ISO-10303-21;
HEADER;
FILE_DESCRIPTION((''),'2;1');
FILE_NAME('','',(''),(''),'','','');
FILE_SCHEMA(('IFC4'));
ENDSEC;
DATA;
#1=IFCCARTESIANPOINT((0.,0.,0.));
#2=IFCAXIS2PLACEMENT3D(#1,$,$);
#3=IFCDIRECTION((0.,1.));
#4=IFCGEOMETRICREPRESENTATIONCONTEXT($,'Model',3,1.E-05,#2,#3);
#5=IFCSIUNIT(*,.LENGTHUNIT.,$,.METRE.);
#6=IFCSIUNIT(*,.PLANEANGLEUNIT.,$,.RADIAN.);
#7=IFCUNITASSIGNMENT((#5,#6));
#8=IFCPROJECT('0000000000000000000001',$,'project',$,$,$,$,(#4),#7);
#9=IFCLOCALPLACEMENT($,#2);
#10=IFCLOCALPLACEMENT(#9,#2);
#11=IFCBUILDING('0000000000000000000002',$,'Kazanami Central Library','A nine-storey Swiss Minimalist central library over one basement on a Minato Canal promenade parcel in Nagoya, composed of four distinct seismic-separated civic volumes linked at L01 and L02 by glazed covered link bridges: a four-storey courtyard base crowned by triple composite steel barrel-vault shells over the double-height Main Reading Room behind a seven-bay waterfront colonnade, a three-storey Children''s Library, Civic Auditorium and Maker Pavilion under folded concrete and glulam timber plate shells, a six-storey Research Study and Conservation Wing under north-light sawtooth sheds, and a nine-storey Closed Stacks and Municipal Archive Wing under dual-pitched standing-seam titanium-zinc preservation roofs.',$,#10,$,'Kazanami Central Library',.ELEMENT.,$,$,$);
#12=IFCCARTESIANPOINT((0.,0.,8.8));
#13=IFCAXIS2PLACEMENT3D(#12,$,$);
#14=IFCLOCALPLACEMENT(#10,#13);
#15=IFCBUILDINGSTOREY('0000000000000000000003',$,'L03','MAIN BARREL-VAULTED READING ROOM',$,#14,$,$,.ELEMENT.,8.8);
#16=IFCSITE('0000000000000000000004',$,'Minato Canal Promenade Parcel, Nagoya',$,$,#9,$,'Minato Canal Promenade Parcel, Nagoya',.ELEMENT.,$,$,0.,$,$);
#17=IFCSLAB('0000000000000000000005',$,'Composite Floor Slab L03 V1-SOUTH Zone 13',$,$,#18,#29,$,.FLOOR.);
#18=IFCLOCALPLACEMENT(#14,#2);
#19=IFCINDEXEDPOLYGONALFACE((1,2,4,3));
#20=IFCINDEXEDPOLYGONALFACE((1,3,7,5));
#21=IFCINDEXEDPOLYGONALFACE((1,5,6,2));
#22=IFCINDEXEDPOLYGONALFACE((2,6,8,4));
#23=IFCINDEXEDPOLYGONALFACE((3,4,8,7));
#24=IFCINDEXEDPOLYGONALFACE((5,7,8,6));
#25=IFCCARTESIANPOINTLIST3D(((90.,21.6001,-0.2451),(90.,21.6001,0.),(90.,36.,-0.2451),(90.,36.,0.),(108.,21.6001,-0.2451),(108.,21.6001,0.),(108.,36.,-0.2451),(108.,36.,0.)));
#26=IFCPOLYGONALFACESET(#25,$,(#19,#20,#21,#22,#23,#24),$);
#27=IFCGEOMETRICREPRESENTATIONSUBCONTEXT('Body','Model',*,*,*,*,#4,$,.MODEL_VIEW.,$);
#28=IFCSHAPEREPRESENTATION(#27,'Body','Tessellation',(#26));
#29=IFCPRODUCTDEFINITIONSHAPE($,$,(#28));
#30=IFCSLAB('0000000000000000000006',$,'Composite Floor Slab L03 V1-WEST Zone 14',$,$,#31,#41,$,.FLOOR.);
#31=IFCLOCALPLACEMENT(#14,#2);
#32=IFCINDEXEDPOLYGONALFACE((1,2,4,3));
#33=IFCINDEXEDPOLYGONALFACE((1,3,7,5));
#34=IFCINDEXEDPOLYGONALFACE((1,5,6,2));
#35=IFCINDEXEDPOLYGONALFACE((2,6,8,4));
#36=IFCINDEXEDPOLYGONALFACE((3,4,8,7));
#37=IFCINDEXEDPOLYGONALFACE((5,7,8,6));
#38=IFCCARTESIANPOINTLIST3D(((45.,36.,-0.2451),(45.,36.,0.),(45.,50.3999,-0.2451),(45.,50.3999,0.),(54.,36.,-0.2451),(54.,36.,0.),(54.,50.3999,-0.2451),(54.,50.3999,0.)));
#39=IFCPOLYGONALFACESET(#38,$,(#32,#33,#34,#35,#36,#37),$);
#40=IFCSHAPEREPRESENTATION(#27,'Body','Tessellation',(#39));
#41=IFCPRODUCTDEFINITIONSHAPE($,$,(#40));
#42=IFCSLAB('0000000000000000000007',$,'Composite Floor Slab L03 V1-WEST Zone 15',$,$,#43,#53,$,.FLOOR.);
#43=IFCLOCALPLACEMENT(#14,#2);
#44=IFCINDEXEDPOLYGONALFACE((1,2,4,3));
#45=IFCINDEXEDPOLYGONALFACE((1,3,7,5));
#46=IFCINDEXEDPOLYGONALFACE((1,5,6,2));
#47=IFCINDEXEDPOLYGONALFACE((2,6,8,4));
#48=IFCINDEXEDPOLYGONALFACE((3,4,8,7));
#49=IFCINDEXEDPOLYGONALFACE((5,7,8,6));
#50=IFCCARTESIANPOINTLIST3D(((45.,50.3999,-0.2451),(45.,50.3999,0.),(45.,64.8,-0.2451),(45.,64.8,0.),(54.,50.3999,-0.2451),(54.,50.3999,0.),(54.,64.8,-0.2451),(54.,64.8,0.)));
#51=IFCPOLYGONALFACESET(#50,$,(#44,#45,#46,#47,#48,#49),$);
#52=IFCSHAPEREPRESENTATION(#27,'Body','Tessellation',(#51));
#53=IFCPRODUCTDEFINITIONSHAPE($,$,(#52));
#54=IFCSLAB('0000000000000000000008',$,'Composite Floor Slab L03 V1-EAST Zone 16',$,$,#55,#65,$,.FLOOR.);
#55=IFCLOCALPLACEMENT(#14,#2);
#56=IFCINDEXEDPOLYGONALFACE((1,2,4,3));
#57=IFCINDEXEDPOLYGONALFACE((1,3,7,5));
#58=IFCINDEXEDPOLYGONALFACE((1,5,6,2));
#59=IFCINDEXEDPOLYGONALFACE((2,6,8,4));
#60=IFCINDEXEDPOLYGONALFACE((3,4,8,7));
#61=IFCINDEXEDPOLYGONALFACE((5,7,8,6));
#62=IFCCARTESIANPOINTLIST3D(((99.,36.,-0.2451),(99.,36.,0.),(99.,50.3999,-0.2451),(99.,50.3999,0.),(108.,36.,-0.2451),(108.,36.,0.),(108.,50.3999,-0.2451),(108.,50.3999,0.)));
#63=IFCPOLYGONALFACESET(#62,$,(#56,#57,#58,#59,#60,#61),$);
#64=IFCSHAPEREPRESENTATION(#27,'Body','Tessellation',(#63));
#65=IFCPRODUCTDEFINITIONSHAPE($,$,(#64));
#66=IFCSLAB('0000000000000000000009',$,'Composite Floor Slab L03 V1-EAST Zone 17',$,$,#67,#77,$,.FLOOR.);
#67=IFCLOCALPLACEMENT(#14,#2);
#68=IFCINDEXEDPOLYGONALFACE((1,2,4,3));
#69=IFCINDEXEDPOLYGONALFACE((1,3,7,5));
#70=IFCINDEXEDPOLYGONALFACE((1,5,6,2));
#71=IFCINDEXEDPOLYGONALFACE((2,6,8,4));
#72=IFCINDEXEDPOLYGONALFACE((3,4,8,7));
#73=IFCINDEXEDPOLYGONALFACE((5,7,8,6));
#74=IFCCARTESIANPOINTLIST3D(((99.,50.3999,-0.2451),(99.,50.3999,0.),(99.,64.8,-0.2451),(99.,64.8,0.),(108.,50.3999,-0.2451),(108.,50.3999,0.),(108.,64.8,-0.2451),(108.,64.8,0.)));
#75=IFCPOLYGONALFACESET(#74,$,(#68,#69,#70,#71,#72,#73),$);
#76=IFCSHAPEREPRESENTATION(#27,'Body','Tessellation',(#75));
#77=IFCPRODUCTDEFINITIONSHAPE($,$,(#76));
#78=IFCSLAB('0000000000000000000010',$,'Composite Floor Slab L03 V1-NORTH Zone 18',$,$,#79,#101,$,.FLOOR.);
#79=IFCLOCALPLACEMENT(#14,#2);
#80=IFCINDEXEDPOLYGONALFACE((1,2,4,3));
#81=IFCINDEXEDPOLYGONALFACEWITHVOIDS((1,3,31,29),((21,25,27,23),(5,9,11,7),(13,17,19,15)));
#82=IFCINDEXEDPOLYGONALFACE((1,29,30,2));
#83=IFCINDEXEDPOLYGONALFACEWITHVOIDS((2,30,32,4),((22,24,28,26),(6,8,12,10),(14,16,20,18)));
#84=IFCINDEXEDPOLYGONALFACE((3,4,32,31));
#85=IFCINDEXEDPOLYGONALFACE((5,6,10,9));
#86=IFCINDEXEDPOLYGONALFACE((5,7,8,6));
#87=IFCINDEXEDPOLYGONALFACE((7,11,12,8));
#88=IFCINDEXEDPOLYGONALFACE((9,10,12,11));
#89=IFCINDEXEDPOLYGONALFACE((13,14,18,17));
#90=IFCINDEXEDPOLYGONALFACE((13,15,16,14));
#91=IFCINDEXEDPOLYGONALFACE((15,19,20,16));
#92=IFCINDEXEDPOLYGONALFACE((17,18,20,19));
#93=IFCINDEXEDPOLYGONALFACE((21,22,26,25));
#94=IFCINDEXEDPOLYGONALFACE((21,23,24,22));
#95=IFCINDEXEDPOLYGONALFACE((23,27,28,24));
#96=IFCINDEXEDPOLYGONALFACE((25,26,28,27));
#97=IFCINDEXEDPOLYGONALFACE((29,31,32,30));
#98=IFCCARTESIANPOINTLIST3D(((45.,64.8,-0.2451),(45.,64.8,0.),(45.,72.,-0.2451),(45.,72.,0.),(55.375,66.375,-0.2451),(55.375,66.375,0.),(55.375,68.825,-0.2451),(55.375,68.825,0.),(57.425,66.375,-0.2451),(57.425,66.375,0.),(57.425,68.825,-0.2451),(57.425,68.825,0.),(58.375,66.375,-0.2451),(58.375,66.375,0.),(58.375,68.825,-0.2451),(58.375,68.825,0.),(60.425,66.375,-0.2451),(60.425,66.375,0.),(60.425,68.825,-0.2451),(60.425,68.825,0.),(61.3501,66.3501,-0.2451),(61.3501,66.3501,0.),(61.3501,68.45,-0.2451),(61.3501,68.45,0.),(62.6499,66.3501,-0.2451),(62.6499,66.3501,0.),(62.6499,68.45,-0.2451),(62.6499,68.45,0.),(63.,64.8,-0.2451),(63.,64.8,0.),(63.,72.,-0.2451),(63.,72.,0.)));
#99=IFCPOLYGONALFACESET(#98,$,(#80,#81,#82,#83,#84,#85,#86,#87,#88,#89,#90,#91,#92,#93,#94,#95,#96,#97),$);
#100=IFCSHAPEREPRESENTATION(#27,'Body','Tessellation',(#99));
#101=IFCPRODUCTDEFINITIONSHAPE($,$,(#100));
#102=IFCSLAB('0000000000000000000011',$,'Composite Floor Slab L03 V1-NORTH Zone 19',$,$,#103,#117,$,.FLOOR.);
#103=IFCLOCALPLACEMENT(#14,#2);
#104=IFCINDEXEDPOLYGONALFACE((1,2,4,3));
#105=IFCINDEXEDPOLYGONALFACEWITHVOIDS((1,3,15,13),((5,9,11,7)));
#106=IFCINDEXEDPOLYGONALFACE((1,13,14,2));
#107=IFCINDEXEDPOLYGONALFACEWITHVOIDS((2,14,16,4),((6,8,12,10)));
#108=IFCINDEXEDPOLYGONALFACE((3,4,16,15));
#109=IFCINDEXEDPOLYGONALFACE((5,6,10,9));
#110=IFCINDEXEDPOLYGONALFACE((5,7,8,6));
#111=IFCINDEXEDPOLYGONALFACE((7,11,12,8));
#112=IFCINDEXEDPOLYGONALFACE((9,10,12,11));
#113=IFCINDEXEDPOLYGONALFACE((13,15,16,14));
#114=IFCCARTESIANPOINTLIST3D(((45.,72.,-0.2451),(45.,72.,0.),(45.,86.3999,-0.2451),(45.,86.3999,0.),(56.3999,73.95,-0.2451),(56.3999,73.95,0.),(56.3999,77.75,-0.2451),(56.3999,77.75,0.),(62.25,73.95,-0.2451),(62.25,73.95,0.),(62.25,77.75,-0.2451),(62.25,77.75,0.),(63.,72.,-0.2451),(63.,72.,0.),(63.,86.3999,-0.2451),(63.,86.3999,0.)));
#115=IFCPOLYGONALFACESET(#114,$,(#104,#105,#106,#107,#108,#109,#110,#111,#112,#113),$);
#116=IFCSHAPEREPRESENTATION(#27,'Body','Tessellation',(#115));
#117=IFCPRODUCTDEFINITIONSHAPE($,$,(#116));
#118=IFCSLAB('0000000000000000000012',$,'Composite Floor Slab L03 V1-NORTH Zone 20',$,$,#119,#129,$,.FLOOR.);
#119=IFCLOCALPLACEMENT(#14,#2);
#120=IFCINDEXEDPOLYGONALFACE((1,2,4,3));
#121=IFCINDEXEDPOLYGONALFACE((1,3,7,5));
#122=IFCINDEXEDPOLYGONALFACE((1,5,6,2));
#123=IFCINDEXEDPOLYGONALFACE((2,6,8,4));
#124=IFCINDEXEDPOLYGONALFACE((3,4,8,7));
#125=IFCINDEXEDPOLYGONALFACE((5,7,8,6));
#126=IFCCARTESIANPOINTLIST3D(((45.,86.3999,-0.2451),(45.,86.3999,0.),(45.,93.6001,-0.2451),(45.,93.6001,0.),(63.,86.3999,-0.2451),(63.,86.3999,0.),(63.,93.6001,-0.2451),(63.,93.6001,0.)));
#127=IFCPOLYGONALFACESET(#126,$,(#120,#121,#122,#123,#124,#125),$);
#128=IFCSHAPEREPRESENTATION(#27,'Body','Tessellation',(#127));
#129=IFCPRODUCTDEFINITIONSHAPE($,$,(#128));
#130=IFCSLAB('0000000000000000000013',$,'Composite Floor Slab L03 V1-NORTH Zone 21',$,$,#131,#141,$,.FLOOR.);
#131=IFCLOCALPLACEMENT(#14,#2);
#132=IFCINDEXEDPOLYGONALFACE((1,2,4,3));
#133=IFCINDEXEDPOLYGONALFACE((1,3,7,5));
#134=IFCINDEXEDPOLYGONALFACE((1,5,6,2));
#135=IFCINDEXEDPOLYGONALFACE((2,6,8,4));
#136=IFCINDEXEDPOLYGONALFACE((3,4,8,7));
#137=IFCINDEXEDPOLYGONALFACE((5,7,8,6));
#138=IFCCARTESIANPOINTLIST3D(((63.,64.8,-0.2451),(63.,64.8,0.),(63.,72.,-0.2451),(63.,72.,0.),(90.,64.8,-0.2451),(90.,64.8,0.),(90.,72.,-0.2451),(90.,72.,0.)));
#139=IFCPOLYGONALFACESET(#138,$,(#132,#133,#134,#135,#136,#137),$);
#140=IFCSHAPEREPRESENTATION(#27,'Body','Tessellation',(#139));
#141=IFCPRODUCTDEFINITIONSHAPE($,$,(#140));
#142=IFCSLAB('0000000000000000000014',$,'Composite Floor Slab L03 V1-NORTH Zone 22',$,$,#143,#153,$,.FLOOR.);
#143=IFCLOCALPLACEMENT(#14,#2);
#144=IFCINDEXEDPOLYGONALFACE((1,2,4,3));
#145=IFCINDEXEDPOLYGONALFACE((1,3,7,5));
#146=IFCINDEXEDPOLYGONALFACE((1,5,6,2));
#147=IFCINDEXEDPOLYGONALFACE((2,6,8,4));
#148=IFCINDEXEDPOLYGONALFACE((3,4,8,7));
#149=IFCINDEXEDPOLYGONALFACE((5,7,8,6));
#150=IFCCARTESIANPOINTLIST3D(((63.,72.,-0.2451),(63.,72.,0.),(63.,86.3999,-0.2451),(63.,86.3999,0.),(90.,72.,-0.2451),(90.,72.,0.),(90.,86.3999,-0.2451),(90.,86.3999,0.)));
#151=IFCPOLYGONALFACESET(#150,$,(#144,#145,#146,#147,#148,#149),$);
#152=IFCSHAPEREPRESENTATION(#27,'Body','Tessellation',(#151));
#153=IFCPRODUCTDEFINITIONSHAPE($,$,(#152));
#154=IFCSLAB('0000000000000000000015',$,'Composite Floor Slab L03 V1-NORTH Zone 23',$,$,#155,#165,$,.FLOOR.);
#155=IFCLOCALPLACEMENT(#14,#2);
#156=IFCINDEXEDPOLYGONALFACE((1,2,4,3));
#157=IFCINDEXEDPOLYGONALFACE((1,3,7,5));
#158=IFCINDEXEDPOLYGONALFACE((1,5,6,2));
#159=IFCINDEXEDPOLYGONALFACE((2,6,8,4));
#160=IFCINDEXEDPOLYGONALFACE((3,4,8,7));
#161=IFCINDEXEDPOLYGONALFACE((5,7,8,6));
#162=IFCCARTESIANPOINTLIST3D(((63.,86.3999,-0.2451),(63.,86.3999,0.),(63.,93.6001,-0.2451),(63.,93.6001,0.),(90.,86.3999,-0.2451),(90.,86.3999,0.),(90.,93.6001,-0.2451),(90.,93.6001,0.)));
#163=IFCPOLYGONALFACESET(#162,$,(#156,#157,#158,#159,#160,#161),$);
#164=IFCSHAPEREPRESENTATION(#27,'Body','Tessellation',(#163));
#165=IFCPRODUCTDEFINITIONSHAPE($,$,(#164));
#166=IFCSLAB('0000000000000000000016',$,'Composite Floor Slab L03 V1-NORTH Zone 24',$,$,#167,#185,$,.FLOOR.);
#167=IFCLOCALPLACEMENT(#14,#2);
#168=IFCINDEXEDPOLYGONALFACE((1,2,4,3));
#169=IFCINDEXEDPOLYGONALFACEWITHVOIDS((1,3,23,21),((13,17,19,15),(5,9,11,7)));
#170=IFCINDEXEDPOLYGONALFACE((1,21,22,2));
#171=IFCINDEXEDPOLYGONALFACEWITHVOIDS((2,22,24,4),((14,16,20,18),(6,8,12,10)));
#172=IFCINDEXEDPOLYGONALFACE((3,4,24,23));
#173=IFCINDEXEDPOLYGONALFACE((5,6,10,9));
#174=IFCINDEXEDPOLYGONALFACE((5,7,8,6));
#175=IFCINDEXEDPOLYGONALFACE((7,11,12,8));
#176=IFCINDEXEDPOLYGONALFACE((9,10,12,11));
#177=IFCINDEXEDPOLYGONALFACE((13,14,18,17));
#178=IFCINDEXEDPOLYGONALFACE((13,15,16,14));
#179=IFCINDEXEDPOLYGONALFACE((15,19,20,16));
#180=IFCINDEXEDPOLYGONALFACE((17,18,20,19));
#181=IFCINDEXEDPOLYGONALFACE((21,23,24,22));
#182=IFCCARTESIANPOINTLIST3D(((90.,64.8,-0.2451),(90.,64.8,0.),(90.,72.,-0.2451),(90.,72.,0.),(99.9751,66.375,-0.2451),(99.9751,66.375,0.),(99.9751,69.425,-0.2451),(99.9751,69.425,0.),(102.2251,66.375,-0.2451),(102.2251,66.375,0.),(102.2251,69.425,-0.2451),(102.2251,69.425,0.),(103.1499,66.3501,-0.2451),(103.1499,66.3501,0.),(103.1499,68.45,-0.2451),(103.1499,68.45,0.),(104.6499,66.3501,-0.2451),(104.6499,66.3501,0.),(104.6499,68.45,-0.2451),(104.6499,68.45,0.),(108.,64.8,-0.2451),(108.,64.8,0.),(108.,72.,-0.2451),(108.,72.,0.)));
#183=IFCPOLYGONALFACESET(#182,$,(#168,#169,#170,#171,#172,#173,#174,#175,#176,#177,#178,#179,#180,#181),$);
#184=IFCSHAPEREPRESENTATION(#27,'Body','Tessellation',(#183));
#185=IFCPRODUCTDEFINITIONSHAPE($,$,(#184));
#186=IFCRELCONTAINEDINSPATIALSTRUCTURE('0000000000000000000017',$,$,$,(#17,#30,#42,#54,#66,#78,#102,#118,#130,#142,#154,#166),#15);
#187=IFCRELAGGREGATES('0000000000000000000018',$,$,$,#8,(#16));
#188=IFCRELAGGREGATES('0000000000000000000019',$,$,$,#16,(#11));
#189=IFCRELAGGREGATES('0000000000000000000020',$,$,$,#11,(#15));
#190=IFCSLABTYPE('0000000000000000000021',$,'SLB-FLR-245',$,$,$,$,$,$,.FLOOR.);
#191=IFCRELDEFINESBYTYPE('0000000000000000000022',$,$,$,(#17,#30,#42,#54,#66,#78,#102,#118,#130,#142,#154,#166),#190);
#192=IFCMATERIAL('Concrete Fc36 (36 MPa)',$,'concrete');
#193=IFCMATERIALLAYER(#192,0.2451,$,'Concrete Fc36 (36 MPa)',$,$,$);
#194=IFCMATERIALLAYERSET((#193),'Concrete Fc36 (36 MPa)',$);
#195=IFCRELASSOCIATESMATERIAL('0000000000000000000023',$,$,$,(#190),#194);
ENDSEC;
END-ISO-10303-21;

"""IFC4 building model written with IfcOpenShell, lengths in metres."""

from ifc_helpers import new_model, si_unit, direction, frame, origin, place, context, subcontext, project, spatial, polyline, outline, extrude, material, layer, layer_set, type_object, element, save


model = new_model("IFC4")

# Units and contexts
model_context = context("Model", 3, precision=1e-05, world=origin(), true_north=direction((0.0, 1.0)))
body_context = subcontext(model_context, "Body", "Model", "MODEL_VIEW")
ifc_project = project(units=[si_unit("LENGTHUNIT", "METRE"), si_unit("PLANEANGLEUNIT", "RADIAN")], contexts=[model_context])

# Site, building, storey
site_placement = place(None, origin())
site = spatial("IfcSite", under=ifc_project, at=site_placement, Name="Minato Canal Promenade Parcel, Nagoya", LongName="Minato Canal Promenade Parcel, Nagoya", CompositionType="ELEMENT", RefElevation=0.0)
building_placement = place(site_placement, origin())
building = spatial("IfcBuilding", under=site, at=building_placement, Name="Kazanami Central Library", Description="A nine-storey Swiss Minimalist central library over one basement on a Minato Canal promenade parcel in Nagoya, composed of four distinct seismic-separated civic volumes linked at L01 and L02 by glazed covered link bridges: a four-storey courtyard base crowned by triple composite steel barrel-vault shells over the double-height Main Reading Room behind a seven-bay waterfront colonnade, a three-storey Children's Library, Civic Auditorium and Maker Pavilion under folded concrete and glulam timber plate shells, a six-storey Research Study and Conservation Wing under north-light sawtooth sheds, and a nine-storey Closed Stacks and Municipal Archive Wing under dual-pitched standing-seam titanium-zinc preservation roofs.", LongName="Kazanami Central Library", CompositionType="ELEMENT")
storey_placement = place(building_placement, frame((0.0, 0.0, 8.8)))
storey = spatial("IfcBuildingStorey", under=building, at=storey_placement, Name="L03", Description="MAIN BARREL-VAULTED READING ROOM", CompositionType="ELEMENT", Elevation=8.8)

# Slabs
ifc_material = material(Name="Concrete Fc36 (36 MPa)", Category="concrete")
ifc_layer_1 = layer(ifc_material, 0.2451, Name="Concrete Fc36 (36 MPa)")
ifc_layer_set_1 = layer_set([ifc_layer_1], Name="Concrete Fc36 (36 MPa)")
slab_type_1 = type_object("IfcSlabType", Name="SLB-FLR-245", PredefinedType="FLOOR", material=ifc_layer_set_1)
slab_1_placement = place(storey_placement, frame((0.0, 0.0, -0.2451)))
element("IfcSlab", 1, at=slab_1_placement, inside=storey, type_object=slab_type_1, Name="Composite Floor Slab L03 V1-SOUTH Zone 13", PredefinedType="FLOOR", context=body_context, shape_type="SweptSolid", body=[
    extrude(outline(polyline([(90.0, 21.6001), (108.0, 21.6001), (108.0, 36.0), (90.0, 36.0), (90.0, 21.6001)])), origin(), (0.0, 0.0, 1.0), 0.2451),
])
slab_2_placement = place(storey_placement, frame((0.0, 0.0, -0.2451)))
element("IfcSlab", 2, at=slab_2_placement, inside=storey, type_object=slab_type_1, Name="Composite Floor Slab L03 V1-WEST Zone 14", PredefinedType="FLOOR", context=body_context, shape_type="SweptSolid", body=[
    extrude(outline(polyline([(45.0, 36.0), (54.0, 36.0), (54.0, 50.3999), (45.0, 50.3999), (45.0, 36.0)])), origin(), (0.0, 0.0, 1.0), 0.2451),
])
slab_3_placement = place(storey_placement, frame((0.0, 0.0, -0.2451)))
element("IfcSlab", 3, at=slab_3_placement, inside=storey, type_object=slab_type_1, Name="Composite Floor Slab L03 V1-WEST Zone 15", PredefinedType="FLOOR", context=body_context, shape_type="SweptSolid", body=[
    extrude(outline(polyline([(45.0, 50.3999), (54.0, 50.3999), (54.0, 64.8), (45.0, 64.8), (45.0, 50.3999)])), origin(), (0.0, 0.0, 1.0), 0.2451),
])
slab_4_placement = place(storey_placement, frame((0.0, 0.0, -0.2451)))
element("IfcSlab", 4, at=slab_4_placement, inside=storey, type_object=slab_type_1, Name="Composite Floor Slab L03 V1-EAST Zone 16", PredefinedType="FLOOR", context=body_context, shape_type="SweptSolid", body=[
    extrude(outline(polyline([(99.0, 36.0), (108.0, 36.0), (108.0, 50.3999), (99.0, 50.3999), (99.0, 36.0)])), origin(), (0.0, 0.0, 1.0), 0.2451),
])
slab_5_placement = place(storey_placement, frame((0.0, 0.0, -0.2451)))
element("IfcSlab", 5, at=slab_5_placement, inside=storey, type_object=slab_type_1, Name="Composite Floor Slab L03 V1-EAST Zone 17", PredefinedType="FLOOR", context=body_context, shape_type="SweptSolid", body=[
    extrude(outline(polyline([(99.0, 50.3999), (108.0, 50.3999), (108.0, 64.8), (99.0, 64.8), (99.0, 50.3999)])), origin(), (0.0, 0.0, 1.0), 0.2451),
])
slab_6_placement = place(storey_placement, frame((0.0, 0.0, -0.2451)))
element("IfcSlab", 6, at=slab_6_placement, inside=storey, type_object=slab_type_1, Name="Composite Floor Slab L03 V1-NORTH Zone 18", PredefinedType="FLOOR", context=body_context, shape_type="SweptSolid", body=[
    extrude(outline(polyline([(45.0, 64.8), (63.0, 64.8), (63.0, 72.0), (45.0, 72.0), (45.0, 64.8)]), holes=[polyline([(55.375, 66.375), (57.425, 66.375), (57.425, 68.825), (55.375, 68.825), (55.375, 66.375)]), polyline([(58.375, 66.375), (60.425, 66.375), (60.425, 68.825), (58.375, 68.825), (58.375, 66.375)]), polyline([(61.3501, 66.3501), (62.6499, 66.3501), (62.6499, 68.45), (61.3501, 68.45), (61.3501, 66.3501)])]), origin(), (0.0, 0.0, 1.0), 0.2451),
])
slab_7_placement = place(storey_placement, frame((0.0, 0.0, -0.2451)))
element("IfcSlab", 7, at=slab_7_placement, inside=storey, type_object=slab_type_1, Name="Composite Floor Slab L03 V1-NORTH Zone 19", PredefinedType="FLOOR", context=body_context, shape_type="SweptSolid", body=[
    extrude(outline(polyline([(45.0, 72.0), (63.0, 72.0), (63.0, 86.3999), (45.0, 86.3999), (45.0, 72.0)]), holes=[polyline([(56.3999, 73.95), (62.25, 73.95), (62.25, 77.75), (56.3999, 77.75), (56.3999, 73.95)])]), origin(), (0.0, 0.0, 1.0), 0.2451),
])
slab_8_placement = place(storey_placement, frame((0.0, 0.0, -0.2451)))
element("IfcSlab", 8, at=slab_8_placement, inside=storey, type_object=slab_type_1, Name="Composite Floor Slab L03 V1-NORTH Zone 20", PredefinedType="FLOOR", context=body_context, shape_type="SweptSolid", body=[
    extrude(outline(polyline([(45.0, 86.3999), (63.0, 86.3999), (63.0, 93.6001), (45.0, 93.6001), (45.0, 86.3999)])), origin(), (0.0, 0.0, 1.0), 0.2451),
])
slab_9_placement = place(storey_placement, frame((0.0, 0.0, -0.2451)))
element("IfcSlab", 9, at=slab_9_placement, inside=storey, type_object=slab_type_1, Name="Composite Floor Slab L03 V1-NORTH Zone 21", PredefinedType="FLOOR", context=body_context, shape_type="SweptSolid", body=[
    extrude(outline(polyline([(63.0, 64.8), (90.0, 64.8), (90.0, 72.0), (63.0, 72.0), (63.0, 64.8)])), origin(), (0.0, 0.0, 1.0), 0.2451),
])
slab_10_placement = place(storey_placement, frame((0.0, 0.0, -0.2451)))
element("IfcSlab", 10, at=slab_10_placement, inside=storey, type_object=slab_type_1, Name="Composite Floor Slab L03 V1-NORTH Zone 22", PredefinedType="FLOOR", context=body_context, shape_type="SweptSolid", body=[
    extrude(outline(polyline([(63.0, 72.0), (90.0, 72.0), (90.0, 86.3999), (63.0, 86.3999), (63.0, 72.0)])), origin(), (0.0, 0.0, 1.0), 0.2451),
])
slab_11_placement = place(storey_placement, frame((0.0, 0.0, -0.2451)))
element("IfcSlab", 11, at=slab_11_placement, inside=storey, type_object=slab_type_1, Name="Composite Floor Slab L03 V1-NORTH Zone 23", PredefinedType="FLOOR", context=body_context, shape_type="SweptSolid", body=[
    extrude(outline(polyline([(63.0, 86.3999), (90.0, 86.3999), (90.0, 93.6001), (63.0, 93.6001), (63.0, 86.3999)])), origin(), (0.0, 0.0, 1.0), 0.2451),
])
slab_12_placement = place(storey_placement, frame((0.0, 0.0, -0.2451)))
element("IfcSlab", 12, at=slab_12_placement, inside=storey, type_object=slab_type_1, Name="Composite Floor Slab L03 V1-NORTH Zone 24", PredefinedType="FLOOR", context=body_context, shape_type="SweptSolid", body=[
    extrude(outline(polyline([(90.0, 64.8), (108.0, 64.8), (108.0, 72.0), (90.0, 72.0), (90.0, 64.8)]), holes=[polyline([(99.9751, 66.375), (102.2251, 66.375), (102.2251, 69.425), (99.9751, 69.425), (99.9751, 66.375)]), polyline([(103.1499, 66.3501), (104.6499, 66.3501), (104.6499, 68.45), (103.1499, 68.45), (103.1499, 66.3501)])]), origin(), (0.0, 0.0, 1.0), 0.2451),
])

save(model, "model.ifc")
